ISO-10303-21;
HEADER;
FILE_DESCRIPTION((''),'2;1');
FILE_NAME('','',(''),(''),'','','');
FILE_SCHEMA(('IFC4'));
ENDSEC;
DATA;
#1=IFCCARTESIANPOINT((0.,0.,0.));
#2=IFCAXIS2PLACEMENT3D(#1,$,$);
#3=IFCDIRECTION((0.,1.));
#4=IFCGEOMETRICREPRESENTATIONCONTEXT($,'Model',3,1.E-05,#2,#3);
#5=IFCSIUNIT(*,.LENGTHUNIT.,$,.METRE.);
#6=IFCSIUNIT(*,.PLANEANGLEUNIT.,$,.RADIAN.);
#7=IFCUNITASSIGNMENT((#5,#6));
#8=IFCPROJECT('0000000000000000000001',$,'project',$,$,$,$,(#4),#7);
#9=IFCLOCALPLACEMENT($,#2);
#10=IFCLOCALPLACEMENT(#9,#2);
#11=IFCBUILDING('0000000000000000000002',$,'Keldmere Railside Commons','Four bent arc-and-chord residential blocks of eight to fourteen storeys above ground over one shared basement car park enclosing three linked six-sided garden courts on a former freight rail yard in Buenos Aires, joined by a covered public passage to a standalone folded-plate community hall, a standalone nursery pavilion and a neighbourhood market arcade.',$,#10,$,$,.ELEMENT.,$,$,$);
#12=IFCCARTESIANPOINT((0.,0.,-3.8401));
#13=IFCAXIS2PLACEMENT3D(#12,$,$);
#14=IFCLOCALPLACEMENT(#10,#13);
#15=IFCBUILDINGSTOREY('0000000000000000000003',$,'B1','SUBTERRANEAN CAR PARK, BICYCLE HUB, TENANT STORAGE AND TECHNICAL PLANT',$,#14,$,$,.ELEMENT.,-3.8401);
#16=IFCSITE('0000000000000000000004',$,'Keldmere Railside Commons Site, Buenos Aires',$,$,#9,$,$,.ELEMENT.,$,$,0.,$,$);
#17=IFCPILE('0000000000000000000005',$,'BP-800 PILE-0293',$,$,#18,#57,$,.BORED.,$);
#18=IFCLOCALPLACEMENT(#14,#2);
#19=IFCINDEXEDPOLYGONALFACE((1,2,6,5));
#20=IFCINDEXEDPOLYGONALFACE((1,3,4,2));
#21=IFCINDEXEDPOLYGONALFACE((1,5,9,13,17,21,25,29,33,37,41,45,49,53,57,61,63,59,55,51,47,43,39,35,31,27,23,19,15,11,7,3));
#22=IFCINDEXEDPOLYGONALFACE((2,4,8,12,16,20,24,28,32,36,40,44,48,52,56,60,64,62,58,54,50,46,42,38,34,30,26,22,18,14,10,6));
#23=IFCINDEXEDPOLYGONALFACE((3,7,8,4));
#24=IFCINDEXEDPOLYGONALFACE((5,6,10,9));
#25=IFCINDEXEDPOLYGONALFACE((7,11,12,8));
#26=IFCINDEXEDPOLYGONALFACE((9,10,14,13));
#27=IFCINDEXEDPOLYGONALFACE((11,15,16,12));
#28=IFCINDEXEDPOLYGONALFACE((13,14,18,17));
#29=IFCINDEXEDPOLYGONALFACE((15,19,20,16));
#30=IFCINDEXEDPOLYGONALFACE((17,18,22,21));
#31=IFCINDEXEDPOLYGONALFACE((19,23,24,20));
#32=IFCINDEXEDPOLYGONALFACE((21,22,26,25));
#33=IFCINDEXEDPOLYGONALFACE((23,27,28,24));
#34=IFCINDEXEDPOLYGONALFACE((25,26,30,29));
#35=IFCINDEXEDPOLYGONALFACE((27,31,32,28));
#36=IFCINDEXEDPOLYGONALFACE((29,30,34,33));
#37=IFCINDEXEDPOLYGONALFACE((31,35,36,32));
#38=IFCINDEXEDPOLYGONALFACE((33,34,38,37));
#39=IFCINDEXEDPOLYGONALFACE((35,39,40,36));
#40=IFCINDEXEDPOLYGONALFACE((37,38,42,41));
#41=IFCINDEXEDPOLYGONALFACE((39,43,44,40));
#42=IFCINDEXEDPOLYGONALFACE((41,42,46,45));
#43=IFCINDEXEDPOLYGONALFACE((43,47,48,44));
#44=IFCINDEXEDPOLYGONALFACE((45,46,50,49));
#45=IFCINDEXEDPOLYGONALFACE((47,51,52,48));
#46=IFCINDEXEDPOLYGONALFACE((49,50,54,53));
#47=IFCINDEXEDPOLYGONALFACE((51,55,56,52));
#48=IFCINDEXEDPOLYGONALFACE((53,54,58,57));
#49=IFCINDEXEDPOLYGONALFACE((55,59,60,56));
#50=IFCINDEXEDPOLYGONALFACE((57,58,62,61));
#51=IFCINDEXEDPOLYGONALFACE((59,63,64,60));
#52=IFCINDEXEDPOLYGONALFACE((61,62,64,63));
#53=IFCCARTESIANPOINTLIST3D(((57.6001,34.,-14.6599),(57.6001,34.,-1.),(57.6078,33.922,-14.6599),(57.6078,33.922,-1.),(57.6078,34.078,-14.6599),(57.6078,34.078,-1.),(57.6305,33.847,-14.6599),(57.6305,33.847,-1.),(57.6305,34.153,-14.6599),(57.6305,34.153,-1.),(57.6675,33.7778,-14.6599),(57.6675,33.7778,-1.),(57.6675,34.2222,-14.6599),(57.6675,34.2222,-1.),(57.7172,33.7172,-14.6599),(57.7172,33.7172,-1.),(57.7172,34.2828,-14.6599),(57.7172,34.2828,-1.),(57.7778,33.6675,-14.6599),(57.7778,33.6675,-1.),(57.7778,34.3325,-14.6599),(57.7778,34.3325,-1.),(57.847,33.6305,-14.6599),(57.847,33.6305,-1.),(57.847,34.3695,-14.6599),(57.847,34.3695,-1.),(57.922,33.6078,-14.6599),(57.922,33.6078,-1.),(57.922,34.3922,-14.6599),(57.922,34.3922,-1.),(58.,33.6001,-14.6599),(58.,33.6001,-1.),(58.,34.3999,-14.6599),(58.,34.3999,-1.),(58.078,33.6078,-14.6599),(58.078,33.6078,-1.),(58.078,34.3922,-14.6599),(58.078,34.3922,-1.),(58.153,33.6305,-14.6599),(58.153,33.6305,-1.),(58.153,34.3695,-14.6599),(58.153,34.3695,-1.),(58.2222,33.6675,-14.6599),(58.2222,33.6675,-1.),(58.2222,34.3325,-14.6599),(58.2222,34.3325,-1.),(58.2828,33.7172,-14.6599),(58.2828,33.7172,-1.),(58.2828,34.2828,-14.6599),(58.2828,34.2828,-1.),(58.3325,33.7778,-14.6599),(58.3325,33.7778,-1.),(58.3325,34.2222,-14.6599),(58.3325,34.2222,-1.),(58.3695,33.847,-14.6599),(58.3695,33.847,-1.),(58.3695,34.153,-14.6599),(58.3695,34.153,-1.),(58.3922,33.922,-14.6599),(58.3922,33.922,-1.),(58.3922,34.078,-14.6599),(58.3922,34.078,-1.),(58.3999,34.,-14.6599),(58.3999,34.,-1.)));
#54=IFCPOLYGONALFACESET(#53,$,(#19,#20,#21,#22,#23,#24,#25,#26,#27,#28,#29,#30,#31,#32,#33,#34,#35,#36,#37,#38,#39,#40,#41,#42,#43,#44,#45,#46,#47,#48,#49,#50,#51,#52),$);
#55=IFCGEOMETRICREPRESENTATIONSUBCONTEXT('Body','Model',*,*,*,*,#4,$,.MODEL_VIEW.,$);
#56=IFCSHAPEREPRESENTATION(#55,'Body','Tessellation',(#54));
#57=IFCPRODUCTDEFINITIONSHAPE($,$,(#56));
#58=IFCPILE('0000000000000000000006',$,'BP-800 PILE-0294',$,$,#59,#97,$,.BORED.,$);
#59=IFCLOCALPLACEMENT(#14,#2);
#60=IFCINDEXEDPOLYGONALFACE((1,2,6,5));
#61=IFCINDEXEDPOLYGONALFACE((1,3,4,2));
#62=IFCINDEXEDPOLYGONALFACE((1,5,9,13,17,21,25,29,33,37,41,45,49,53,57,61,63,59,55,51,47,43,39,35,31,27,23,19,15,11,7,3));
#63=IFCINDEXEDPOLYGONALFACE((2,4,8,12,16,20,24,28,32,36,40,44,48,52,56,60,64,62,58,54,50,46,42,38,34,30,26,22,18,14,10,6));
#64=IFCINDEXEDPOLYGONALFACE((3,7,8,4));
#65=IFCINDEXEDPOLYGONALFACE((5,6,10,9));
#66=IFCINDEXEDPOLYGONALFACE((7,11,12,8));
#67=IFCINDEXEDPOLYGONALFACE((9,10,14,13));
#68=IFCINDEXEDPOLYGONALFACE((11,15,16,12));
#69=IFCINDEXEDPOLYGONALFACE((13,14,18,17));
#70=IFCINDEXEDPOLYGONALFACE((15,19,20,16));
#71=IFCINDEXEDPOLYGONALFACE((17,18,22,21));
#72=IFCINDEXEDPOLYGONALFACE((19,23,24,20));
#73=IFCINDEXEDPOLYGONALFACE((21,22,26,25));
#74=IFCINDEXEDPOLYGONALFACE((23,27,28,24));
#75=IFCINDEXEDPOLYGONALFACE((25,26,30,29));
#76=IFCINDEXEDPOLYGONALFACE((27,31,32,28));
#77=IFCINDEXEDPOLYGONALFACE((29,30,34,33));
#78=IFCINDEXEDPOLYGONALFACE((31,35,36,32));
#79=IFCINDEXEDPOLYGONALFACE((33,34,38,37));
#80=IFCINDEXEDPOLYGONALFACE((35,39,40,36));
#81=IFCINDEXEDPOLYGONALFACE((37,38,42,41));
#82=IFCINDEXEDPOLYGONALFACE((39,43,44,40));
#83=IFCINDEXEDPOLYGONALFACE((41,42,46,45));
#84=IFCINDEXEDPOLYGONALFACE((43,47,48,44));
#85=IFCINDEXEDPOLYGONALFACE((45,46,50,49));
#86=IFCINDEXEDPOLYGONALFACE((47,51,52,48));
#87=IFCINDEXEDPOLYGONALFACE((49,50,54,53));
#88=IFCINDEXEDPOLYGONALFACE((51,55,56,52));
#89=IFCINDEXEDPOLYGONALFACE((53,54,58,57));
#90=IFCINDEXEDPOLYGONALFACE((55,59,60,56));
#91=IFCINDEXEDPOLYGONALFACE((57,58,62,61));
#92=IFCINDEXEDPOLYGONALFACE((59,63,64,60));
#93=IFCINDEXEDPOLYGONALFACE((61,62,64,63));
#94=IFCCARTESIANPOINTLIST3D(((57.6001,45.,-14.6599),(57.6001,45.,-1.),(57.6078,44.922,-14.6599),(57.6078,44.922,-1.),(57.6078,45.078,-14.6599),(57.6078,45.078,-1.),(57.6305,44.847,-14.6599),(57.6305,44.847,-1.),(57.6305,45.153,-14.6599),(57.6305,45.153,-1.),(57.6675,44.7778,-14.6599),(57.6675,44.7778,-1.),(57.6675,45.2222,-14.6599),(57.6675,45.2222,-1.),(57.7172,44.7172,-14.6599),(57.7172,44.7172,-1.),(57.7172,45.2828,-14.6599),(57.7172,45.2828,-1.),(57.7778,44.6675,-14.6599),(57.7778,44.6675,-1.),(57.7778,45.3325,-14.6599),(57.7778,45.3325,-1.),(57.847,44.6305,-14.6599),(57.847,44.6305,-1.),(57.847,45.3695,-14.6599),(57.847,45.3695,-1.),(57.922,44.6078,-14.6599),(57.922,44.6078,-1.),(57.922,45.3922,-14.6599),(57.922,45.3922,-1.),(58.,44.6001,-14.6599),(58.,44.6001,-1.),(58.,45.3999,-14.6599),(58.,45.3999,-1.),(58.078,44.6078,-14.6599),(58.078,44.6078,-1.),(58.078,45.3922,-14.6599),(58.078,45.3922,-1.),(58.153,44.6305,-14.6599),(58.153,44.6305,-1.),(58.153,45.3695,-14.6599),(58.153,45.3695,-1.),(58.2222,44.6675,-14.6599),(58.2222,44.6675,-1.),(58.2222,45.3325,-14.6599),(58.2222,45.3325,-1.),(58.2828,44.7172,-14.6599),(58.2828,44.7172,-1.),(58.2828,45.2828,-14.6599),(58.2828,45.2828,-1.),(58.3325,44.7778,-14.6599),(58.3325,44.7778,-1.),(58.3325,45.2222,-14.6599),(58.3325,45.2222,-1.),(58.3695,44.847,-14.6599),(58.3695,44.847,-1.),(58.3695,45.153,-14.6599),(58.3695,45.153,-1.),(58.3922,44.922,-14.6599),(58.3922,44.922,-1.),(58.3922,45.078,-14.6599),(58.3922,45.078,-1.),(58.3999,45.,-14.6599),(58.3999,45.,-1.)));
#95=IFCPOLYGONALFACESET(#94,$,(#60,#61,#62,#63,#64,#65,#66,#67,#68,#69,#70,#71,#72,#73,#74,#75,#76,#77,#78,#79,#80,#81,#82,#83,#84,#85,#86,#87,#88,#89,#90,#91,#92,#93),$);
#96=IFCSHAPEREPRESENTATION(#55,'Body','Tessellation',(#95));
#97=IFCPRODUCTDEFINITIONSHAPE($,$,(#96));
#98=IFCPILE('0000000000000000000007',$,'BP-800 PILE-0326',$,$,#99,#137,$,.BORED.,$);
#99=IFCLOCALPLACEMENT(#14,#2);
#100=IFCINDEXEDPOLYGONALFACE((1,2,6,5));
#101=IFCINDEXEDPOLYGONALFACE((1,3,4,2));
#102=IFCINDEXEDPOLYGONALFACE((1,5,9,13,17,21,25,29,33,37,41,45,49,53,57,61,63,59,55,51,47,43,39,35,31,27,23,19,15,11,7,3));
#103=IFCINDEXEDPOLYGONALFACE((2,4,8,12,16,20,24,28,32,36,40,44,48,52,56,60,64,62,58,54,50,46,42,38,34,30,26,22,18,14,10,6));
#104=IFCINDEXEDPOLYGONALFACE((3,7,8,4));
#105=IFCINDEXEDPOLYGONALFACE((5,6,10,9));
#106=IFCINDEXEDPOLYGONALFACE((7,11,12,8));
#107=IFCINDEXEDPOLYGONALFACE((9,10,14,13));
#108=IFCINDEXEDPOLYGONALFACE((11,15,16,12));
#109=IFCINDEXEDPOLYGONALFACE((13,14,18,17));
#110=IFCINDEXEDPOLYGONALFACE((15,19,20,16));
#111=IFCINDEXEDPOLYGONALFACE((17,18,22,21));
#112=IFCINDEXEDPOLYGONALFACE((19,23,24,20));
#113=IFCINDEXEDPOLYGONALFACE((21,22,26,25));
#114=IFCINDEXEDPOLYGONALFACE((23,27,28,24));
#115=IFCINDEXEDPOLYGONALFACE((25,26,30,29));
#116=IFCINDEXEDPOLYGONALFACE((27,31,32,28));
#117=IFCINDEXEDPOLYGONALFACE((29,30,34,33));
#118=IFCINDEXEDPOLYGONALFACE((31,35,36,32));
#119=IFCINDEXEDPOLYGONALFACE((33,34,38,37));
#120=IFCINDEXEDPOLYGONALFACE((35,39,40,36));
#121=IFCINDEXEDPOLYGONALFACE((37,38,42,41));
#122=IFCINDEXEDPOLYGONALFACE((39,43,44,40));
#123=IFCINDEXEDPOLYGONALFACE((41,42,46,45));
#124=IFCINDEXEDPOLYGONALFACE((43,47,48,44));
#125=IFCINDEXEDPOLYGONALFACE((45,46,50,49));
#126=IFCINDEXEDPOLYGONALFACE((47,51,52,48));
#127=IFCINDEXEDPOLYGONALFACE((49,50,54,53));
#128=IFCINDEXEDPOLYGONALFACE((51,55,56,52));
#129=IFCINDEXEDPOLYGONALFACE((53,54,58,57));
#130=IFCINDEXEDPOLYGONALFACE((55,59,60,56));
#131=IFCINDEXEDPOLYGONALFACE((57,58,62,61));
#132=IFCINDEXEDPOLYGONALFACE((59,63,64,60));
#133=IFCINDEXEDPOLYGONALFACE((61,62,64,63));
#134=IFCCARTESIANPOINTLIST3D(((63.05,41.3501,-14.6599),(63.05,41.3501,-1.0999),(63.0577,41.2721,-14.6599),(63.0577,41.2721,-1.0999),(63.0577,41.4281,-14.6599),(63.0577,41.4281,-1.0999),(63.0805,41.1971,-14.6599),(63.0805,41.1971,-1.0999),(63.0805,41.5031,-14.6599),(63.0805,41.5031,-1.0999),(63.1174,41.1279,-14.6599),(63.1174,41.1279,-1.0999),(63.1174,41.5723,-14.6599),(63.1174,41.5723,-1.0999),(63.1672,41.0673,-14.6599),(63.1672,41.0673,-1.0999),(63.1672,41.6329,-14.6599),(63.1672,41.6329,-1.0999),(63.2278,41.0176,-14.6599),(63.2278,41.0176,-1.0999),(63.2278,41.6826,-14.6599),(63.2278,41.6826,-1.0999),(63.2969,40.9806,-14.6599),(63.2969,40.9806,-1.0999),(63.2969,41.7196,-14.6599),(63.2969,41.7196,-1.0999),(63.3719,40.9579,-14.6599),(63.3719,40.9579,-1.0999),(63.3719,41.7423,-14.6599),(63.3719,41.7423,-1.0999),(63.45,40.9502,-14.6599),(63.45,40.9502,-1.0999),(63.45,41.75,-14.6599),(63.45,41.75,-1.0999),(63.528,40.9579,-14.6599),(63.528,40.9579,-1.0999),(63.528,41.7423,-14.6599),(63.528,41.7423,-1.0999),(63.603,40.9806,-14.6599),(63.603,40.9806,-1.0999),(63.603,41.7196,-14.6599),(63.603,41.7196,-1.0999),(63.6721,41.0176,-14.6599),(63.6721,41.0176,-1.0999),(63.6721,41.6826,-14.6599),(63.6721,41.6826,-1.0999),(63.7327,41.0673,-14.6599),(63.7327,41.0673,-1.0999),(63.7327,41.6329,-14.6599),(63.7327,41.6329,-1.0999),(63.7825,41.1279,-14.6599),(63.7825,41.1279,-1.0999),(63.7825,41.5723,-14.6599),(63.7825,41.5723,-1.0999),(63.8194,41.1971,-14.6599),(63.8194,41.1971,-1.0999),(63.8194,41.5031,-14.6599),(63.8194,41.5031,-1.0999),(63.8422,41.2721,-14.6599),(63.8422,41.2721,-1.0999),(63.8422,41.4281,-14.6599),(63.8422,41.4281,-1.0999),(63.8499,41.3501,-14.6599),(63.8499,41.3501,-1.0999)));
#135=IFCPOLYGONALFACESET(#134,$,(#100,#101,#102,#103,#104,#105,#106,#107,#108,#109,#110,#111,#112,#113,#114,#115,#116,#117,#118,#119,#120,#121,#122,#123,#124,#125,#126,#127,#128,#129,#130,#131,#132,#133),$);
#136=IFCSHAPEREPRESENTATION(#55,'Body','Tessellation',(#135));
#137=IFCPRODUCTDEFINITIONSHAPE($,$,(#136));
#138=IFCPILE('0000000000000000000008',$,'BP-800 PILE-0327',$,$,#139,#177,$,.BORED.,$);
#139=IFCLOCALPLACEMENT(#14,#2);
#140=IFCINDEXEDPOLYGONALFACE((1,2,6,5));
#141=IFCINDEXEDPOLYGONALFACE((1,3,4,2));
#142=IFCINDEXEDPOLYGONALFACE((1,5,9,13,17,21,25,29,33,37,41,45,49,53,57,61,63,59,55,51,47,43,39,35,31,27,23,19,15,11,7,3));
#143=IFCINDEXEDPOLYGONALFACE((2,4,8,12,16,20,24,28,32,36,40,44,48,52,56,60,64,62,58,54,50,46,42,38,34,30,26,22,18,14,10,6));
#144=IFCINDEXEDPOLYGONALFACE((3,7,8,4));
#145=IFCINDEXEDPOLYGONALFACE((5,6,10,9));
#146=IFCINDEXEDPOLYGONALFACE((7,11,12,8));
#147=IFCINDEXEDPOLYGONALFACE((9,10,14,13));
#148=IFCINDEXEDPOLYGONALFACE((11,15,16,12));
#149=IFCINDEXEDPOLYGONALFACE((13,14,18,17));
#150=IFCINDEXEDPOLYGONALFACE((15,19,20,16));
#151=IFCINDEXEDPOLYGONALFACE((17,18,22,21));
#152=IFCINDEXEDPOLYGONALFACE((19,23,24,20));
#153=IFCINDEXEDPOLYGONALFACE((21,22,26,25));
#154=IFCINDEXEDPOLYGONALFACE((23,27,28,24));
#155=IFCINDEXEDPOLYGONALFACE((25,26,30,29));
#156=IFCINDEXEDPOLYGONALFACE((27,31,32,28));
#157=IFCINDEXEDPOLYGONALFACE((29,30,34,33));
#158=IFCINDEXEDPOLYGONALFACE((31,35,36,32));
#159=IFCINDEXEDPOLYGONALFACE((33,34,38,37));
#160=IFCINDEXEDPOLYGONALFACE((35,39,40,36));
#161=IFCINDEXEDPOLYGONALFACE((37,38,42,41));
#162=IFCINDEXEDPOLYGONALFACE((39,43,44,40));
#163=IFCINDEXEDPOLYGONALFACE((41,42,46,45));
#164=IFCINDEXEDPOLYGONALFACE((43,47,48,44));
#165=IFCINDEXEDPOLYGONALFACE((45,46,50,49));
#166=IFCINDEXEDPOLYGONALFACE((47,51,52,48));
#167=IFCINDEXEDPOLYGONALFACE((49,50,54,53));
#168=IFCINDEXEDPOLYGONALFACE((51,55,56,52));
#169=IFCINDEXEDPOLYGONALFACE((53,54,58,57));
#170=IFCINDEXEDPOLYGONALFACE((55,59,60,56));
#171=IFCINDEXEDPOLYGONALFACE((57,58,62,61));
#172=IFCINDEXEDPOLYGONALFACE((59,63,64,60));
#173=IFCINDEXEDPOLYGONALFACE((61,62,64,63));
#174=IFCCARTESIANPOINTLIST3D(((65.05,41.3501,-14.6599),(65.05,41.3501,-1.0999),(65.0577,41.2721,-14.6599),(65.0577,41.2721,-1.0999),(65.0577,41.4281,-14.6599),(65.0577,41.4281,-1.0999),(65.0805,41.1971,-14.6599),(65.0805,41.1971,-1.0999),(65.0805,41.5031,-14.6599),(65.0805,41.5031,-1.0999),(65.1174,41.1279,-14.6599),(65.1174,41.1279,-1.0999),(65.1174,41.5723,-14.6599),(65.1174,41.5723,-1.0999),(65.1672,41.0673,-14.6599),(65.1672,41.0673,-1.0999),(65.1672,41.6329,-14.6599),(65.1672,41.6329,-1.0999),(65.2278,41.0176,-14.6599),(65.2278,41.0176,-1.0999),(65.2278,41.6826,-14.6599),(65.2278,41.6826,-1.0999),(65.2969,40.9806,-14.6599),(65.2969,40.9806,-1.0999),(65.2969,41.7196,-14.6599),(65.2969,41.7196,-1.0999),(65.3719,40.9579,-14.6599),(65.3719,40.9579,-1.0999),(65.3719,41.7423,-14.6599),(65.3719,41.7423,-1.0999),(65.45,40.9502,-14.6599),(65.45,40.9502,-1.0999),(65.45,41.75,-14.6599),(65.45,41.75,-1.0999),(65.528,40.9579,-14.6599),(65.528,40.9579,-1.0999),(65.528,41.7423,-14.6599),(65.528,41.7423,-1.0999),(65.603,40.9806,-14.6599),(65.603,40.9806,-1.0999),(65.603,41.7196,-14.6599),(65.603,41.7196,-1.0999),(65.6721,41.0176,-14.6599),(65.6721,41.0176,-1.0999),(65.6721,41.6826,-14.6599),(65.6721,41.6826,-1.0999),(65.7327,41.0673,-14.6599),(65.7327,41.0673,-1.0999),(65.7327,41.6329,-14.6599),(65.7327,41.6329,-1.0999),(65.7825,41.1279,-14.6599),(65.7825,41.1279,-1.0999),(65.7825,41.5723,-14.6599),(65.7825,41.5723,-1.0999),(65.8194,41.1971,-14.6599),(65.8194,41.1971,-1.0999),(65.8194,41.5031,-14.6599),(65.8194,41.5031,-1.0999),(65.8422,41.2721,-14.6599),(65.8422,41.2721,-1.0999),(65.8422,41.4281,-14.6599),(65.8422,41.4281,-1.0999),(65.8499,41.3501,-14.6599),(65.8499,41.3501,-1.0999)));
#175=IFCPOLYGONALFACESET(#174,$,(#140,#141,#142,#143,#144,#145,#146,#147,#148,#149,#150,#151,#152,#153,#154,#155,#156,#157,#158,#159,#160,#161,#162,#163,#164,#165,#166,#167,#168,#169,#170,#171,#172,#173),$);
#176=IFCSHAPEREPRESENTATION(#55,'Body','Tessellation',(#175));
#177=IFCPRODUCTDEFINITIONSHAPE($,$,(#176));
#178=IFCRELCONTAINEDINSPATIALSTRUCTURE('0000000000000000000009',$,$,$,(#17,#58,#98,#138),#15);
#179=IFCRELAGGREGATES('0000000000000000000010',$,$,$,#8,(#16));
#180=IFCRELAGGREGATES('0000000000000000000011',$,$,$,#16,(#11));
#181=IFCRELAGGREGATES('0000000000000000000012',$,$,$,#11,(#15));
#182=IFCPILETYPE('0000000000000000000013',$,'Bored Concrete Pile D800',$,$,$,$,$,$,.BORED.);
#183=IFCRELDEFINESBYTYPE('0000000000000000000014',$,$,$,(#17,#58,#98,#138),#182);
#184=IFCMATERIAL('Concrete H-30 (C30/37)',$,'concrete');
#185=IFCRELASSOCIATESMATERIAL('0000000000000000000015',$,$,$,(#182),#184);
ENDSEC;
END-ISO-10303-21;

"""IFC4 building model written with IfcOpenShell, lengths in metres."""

from ifc_helpers import new_model, si_unit, direction, frame, origin, origin_2d, place, context, subcontext, project, spatial, circle, extrude, material, material_profile, profile_set, type_object, element, save


model = new_model("IFC4")

# Units and contexts
model_context = context("Model", 3, precision=1e-05, world=origin(), true_north=direction((0.0, 1.0)))
body_context = subcontext(model_context, "Body", "Model", "MODEL_VIEW")
ifc_project = project(units=[si_unit("LENGTHUNIT", "METRE"), si_unit("PLANEANGLEUNIT", "RADIAN")], contexts=[model_context])

# Site, building, storey
site_placement = place(None, origin())
site = spatial("IfcSite", under=ifc_project, at=site_placement, Name="Keldmere Railside Commons Site, Buenos Aires", CompositionType="ELEMENT", RefElevation=0.0)
building_placement = place(site_placement, origin())
building = spatial("IfcBuilding", under=site, at=building_placement, Name="Keldmere Railside Commons", Description="Four bent arc-and-chord residential blocks of eight to fourteen storeys above ground over one shared basement car park enclosing three linked six-sided garden courts on a former freight rail yard in Buenos Aires, joined by a covered public passage to a standalone folded-plate community hall, a standalone nursery pavilion and a neighbourhood market arcade.", CompositionType="ELEMENT")
storey_placement = place(building_placement, frame((0.0, 0.0, -3.8401)))
storey = spatial("IfcBuildingStorey", under=building, at=storey_placement, Name="B1", Description="SUBTERRANEAN CAR PARK, BICYCLE HUB, TENANT STORAGE AND TECHNICAL PLANT", CompositionType="ELEMENT", Elevation=-3.8401)

# Piles
ifc_material_1 = material(Name="Concrete H-30 (C30/37)", Category="concrete")
ifc_material_profile_1 = material_profile(ifc_material_1, circle(Radius=0.3999, at=origin_2d()), Name="PILE-D800")
ifc_profile_set_1 = profile_set([ifc_material_profile_1], Name="Concrete H-30 (C30/37)")
pile_type_1 = type_object("IfcPileType", Name="Bored Concrete Pile D800", PredefinedType="BORED", material=ifc_profile_set_1)
for number, where, z_axis, x_axis, name in (
    (1, (58.0, 34.0, -1.0), (0.0, 0.0, -1.0), (1.0, 0.0, 0.0), "BP-800 PILE-0293"),
    (2, (58.0, 45.0, -1.0), (0.0, 0.0, -1.0), (1.0, 0.0, 0.0), "BP-800 PILE-0294"),
):
    element("IfcPile", number, at=place(storey_placement, frame(where, z_axis=z_axis, x_axis=x_axis)), inside=storey, type_object=pile_type_1, Name=name, PredefinedType="BORED", context=body_context, shape_type="SweptSolid", body=[
        extrude(circle(Radius=0.3999, at=origin_2d()), origin(), (0.0, 0.0, 1.0), 13.6599),
    ])
for number, where, z_axis, x_axis, name in (
    (3, (63.45, 41.3501, -1.0999), (0.0, 0.0, -1.0), (1.0, 0.0, 0.0), "BP-800 PILE-0326"),
    (4, (65.45, 41.3501, -1.0999), (0.0, 0.0, -1.0), (1.0, 0.0, 0.0), "BP-800 PILE-0327"),
):
    element("IfcPile", number, at=place(storey_placement, frame(where, z_axis=z_axis, x_axis=x_axis)), inside=storey, type_object=pile_type_1, Name=name, PredefinedType="BORED", context=body_context, shape_type="SweptSolid", body=[
        extrude(circle(Radius=0.3999, at=origin_2d()), origin(), (0.0, 0.0, 1.0), 13.5601),
    ])

save(model, "model.ifc")
